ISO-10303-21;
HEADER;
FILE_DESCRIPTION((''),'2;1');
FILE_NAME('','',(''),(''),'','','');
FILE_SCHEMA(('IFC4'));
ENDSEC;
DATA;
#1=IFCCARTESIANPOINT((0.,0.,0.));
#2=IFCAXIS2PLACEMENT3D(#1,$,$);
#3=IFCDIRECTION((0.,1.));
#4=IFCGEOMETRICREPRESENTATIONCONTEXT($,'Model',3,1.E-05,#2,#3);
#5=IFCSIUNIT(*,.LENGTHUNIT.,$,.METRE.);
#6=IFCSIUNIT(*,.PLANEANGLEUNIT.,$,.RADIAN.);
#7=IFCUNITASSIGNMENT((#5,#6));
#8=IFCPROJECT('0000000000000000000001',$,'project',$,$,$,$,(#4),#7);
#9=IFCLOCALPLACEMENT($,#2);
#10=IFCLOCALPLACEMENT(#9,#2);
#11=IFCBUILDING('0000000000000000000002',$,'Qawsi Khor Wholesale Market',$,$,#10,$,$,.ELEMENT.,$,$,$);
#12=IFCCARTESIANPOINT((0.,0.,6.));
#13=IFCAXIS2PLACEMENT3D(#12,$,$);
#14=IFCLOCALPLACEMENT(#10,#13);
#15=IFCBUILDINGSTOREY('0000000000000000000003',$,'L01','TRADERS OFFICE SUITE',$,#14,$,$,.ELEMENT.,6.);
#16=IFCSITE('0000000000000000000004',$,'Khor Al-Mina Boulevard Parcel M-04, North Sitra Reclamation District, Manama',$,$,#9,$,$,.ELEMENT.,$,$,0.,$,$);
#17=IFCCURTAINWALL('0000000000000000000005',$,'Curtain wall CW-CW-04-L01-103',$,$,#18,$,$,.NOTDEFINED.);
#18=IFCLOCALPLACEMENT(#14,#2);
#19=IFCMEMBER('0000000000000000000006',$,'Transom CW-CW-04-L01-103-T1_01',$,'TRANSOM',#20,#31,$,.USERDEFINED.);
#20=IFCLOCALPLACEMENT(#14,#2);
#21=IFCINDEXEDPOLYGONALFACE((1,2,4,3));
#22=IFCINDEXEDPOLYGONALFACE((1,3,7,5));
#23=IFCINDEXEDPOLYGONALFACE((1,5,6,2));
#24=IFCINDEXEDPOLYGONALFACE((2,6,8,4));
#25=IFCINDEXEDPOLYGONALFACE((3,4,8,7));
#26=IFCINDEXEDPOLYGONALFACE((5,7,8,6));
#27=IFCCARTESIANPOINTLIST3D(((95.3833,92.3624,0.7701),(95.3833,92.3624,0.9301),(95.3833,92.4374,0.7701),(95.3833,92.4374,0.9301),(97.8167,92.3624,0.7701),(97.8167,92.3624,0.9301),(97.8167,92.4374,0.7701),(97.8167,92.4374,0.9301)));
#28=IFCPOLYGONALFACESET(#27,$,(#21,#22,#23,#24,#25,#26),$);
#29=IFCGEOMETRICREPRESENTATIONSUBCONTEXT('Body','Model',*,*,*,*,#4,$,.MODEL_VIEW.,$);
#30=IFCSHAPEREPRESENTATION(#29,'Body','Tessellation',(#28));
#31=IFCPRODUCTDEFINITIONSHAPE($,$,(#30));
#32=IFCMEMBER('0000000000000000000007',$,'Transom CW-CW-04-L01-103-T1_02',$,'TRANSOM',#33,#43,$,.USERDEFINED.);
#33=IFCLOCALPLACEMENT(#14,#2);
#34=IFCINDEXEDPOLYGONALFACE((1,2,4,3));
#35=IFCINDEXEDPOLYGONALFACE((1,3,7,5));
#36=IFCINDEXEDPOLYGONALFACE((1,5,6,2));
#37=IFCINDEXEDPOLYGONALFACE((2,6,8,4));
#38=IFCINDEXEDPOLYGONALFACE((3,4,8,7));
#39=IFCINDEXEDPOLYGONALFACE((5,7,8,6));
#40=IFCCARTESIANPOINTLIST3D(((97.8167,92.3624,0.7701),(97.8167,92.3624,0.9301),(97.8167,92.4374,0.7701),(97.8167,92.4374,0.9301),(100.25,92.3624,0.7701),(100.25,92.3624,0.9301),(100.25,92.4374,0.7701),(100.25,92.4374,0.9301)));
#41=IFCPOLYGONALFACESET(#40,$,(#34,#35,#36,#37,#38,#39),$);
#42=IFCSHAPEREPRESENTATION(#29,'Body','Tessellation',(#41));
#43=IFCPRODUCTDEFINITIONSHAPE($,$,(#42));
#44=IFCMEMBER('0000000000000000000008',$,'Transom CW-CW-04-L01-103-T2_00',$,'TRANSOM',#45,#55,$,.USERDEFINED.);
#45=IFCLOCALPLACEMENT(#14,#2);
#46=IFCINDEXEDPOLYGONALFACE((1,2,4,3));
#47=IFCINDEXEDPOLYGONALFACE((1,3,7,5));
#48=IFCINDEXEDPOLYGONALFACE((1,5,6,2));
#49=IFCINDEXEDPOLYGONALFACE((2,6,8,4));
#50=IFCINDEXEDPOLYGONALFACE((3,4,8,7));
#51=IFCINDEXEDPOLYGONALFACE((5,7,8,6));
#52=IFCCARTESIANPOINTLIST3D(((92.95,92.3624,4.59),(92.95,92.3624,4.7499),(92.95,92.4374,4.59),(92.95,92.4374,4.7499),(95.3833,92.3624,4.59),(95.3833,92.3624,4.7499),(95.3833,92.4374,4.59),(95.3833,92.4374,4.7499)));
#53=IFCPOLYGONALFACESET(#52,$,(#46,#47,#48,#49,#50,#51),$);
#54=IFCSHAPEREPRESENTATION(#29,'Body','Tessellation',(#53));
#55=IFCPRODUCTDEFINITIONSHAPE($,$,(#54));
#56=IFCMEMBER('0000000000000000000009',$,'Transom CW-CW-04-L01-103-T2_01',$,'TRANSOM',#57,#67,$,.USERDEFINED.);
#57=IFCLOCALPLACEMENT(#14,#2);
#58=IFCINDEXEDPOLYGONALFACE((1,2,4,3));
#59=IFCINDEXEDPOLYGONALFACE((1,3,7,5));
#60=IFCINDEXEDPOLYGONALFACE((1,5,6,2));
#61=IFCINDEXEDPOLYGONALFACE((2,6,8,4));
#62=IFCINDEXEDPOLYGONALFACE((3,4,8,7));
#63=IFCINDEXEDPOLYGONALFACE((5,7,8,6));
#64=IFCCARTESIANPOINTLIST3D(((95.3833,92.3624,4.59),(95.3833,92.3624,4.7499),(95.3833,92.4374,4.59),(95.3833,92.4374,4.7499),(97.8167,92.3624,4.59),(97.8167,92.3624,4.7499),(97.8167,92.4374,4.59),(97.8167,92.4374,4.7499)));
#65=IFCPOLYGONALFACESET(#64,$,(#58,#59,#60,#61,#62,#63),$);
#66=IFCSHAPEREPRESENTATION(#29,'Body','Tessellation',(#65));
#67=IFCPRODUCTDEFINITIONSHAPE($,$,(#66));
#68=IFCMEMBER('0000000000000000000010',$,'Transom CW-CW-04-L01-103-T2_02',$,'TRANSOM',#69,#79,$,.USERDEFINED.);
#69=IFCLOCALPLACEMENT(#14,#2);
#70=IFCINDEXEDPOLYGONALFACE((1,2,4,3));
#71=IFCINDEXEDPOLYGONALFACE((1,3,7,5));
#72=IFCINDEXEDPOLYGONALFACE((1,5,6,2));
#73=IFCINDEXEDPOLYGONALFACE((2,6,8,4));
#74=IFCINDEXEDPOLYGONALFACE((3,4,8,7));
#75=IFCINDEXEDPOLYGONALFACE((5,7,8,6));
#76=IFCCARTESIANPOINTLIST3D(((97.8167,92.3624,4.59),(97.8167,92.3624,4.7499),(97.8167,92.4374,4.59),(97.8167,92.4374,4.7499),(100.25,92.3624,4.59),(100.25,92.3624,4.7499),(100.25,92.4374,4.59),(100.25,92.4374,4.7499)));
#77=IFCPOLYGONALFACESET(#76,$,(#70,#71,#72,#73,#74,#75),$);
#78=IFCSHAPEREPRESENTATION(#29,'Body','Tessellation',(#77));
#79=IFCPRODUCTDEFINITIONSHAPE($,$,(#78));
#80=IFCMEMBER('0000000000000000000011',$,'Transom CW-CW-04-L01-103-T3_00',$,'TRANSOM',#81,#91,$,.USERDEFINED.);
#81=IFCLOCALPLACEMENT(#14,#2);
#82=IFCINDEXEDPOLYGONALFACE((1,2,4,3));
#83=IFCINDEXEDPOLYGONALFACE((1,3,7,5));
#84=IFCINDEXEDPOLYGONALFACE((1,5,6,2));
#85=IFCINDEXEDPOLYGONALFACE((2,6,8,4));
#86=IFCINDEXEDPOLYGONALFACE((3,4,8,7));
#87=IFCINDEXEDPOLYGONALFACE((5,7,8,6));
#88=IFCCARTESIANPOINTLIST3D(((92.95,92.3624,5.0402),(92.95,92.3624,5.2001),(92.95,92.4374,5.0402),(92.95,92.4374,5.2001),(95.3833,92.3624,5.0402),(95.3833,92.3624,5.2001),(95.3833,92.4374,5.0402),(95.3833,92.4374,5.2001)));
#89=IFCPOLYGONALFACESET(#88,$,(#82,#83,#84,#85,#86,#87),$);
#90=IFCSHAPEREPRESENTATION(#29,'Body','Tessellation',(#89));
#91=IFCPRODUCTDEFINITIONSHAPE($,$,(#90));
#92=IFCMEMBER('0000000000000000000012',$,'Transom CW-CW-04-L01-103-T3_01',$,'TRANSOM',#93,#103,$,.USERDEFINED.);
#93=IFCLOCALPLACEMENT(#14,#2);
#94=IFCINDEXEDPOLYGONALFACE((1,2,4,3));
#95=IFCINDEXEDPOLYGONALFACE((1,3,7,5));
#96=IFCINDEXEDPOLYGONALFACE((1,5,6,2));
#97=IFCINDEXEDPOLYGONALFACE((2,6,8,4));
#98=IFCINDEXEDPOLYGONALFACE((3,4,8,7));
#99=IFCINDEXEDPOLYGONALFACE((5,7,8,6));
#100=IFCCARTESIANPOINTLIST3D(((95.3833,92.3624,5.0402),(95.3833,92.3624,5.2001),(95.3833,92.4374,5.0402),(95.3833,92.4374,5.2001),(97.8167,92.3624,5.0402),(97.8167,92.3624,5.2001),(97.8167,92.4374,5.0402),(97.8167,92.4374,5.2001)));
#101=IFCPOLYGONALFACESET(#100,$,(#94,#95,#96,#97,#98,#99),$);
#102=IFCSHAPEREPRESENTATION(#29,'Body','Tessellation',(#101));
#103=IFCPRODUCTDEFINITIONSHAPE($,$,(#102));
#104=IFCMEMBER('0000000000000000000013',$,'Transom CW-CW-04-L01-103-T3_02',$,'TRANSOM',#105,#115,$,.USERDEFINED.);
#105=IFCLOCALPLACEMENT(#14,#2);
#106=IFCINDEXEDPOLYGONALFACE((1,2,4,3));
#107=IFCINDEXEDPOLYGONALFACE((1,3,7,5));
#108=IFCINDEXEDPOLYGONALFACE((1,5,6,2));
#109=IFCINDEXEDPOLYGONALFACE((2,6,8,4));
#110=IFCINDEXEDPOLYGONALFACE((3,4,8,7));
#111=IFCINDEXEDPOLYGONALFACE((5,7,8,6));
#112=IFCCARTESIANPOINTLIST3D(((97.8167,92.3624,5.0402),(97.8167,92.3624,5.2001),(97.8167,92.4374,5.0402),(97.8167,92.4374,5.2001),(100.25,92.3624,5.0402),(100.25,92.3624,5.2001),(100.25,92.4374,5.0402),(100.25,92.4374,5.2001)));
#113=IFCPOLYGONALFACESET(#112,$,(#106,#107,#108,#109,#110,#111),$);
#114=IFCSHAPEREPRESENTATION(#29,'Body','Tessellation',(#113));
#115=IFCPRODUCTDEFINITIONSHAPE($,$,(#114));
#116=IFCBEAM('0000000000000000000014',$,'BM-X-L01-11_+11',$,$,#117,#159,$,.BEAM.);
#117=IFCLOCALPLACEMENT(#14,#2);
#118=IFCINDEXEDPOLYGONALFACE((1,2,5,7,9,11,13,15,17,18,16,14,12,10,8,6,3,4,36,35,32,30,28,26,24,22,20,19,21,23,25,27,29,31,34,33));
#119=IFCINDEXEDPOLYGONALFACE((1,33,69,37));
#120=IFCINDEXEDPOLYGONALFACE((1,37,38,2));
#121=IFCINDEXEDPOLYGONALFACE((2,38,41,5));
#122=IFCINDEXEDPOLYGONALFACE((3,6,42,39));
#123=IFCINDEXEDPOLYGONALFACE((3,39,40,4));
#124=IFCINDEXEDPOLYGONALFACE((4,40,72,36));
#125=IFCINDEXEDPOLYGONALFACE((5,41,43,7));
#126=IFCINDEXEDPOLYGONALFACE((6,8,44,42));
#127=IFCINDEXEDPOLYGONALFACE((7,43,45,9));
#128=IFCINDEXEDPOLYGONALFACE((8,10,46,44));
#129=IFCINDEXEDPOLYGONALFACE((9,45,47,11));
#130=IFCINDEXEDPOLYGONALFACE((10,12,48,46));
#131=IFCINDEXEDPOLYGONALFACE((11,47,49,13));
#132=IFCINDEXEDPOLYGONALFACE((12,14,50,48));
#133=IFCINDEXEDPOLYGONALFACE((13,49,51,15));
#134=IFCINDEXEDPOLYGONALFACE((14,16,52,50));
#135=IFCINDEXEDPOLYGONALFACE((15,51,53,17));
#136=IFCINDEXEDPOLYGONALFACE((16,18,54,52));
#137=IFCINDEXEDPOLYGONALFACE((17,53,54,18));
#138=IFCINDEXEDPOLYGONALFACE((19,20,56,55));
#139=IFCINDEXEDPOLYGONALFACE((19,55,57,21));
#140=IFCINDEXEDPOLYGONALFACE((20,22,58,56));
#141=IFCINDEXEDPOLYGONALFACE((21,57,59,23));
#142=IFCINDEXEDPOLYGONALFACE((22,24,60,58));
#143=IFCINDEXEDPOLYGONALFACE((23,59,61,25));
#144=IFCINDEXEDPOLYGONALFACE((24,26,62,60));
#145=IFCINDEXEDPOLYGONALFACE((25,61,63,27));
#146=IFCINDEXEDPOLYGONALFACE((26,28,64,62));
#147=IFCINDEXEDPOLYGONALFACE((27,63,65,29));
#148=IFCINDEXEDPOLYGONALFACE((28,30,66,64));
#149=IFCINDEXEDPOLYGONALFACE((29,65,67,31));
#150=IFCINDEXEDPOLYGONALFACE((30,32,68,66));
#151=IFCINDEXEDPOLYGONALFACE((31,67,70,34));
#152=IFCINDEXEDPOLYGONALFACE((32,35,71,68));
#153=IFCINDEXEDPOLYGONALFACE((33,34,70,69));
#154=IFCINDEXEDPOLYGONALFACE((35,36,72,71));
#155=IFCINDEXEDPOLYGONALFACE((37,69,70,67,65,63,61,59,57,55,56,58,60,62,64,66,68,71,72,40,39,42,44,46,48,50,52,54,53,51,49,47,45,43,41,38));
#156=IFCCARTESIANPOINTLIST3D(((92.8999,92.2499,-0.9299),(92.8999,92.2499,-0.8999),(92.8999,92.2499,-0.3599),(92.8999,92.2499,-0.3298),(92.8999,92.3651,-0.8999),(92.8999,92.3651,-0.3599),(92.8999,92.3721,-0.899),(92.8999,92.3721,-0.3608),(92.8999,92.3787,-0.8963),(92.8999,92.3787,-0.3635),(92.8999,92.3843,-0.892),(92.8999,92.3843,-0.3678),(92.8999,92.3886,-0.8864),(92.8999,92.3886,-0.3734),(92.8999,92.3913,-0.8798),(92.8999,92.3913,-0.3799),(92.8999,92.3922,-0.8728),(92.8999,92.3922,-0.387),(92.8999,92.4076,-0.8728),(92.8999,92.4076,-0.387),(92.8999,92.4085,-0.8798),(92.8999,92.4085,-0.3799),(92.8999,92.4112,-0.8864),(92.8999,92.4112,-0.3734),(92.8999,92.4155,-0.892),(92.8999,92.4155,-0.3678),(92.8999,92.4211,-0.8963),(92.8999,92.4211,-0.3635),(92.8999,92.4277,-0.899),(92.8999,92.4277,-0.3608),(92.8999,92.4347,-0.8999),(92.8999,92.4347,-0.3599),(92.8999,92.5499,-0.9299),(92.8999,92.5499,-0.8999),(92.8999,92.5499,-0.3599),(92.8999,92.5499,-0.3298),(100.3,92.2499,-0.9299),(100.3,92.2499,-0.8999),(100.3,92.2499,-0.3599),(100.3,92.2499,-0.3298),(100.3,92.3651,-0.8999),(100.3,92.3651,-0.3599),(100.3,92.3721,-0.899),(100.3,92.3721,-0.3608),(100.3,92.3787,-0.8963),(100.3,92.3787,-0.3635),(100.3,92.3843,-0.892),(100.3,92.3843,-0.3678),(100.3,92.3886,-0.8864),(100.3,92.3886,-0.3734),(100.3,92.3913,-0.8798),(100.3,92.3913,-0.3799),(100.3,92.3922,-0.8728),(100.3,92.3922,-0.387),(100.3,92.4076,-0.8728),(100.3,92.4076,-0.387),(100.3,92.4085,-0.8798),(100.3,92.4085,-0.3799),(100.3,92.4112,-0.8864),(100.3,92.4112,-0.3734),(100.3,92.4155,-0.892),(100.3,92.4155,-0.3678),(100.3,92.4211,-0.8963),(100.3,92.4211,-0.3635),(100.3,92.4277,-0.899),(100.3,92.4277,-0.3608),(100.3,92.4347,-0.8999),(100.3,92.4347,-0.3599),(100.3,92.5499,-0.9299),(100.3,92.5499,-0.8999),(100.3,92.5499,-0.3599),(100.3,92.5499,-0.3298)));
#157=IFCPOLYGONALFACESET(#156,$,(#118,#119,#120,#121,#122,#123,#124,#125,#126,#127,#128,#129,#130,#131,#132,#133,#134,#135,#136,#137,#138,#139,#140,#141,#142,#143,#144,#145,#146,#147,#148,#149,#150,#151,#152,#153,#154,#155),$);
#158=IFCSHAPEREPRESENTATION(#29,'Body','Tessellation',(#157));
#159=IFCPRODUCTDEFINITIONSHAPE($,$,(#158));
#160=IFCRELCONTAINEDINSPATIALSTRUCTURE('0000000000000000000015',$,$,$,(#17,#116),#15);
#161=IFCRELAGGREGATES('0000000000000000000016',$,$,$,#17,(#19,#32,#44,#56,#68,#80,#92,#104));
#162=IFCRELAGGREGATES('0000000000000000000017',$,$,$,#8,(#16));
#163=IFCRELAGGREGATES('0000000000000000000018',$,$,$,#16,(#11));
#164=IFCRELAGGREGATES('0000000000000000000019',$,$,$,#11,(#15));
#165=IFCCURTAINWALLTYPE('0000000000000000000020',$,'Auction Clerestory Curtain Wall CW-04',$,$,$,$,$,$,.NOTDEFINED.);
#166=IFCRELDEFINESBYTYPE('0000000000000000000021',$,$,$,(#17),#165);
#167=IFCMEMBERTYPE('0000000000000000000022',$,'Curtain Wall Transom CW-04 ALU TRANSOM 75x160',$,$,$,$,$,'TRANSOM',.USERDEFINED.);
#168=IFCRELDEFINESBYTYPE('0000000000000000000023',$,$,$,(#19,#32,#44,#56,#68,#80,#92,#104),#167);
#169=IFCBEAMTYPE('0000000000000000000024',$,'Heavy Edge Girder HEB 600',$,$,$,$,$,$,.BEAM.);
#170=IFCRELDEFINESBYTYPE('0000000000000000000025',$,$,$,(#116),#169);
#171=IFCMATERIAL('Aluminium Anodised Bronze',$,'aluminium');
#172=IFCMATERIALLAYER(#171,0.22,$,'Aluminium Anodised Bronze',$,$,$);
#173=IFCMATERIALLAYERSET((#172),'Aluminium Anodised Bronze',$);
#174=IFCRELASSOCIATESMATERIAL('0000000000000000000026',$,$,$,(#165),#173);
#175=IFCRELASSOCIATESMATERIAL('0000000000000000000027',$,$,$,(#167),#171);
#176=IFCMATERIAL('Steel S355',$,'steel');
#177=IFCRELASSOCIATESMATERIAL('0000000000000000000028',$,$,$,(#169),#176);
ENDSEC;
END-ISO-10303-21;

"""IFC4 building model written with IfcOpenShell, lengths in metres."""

from ifc_helpers import new_model, si_unit, direction, frame, origin, origin_2d, place, context, subcontext, project, spatial, rectangle, i_section, extrude, material, layer, layer_set, material_profile, profile_set, type_object, element, aggregate, save


model = new_model("IFC4")

# Units and contexts
model_context = context("Model", 3, precision=1e-05, world=origin(), true_north=direction((0.0, 1.0)))
body_context = subcontext(model_context, "Body", "Model", "MODEL_VIEW")
ifc_project = project(units=[si_unit("LENGTHUNIT", "METRE"), si_unit("PLANEANGLEUNIT", "RADIAN")], contexts=[model_context])

# Site, building, storey
site_placement = place(None, origin())
site = spatial("IfcSite", under=ifc_project, at=site_placement, Name="Khor Al-Mina Boulevard Parcel M-04, North Sitra Reclamation District, Manama", CompositionType="ELEMENT", RefElevation=0.0)
building_placement = place(site_placement, origin())
building = spatial("IfcBuilding", under=site, at=building_placement, Name="Qawsi Khor Wholesale Market", CompositionType="ELEMENT")
storey_placement = place(building_placement, frame((0.0, 0.0, 6.0)))
storey = spatial("IfcBuildingStorey", under=building, at=storey_placement, Name="L01", Description="TRADERS OFFICE SUITE", CompositionType="ELEMENT", Elevation=6.0)

# Shared definitions
ifc_material_1 = material(Name="Aluminium Anodised Bronze", Category="aluminium")
ifc_layer_1 = layer(ifc_material_1, 0.22, Name="Aluminium Anodised Bronze")
ifc_layer_set_1 = layer_set([ifc_layer_1], Name="Aluminium Anodised Bronze")
curtain_wall_type = type_object("IfcCurtainWallType", Name="Auction Clerestory Curtain Wall CW-04", PredefinedType="NOTDEFINED", material=ifc_layer_set_1)

# Curtain wall
curtain_wall_1_placement = place(storey_placement, origin())
curtain_wall_1 = element("IfcCurtainWall", 1, at=curtain_wall_1_placement, inside=storey, type_object=curtain_wall_type, Name="Curtain wall CW-CW-04-L01-103", PredefinedType="NOTDEFINED")

# Members
ifc_material_profile_1 = material_profile(ifc_material_1, rectangle(XDim=0.075, YDim=0.1599, at=origin_2d()), Name="ALU TRANSOM 75x160")
ifc_profile_set_1 = profile_set([ifc_material_profile_1], Name="Aluminium Anodised Bronze")
member_type_1 = type_object("IfcMemberType", Name="Curtain Wall Transom CW-04 ALU TRANSOM 75x160", ElementType="TRANSOM", PredefinedType="USERDEFINED", material=ifc_profile_set_1)
member_1_placement = place(storey_placement, frame((95.3833, 92.3999, 0.8501), z_axis=(1.0, 0.0, 0.0), x_axis=(0.0, 1.0, 0.0)))
member_1 = element("IfcMember", 2, at=member_1_placement, type_object=member_type_1, Name="Transom CW-CW-04-L01-103-T1_01", ObjectType="TRANSOM", PredefinedType="USERDEFINED", context=body_context, shape_type="SweptSolid", body=[
    extrude(rectangle(XDim=0.075, YDim=0.1599, at=origin_2d()), origin(), (0.0, 0.0, 1.0), 2.4333),
])
member_2_placement = place(storey_placement, frame((97.8167, 92.3999, 0.8501), z_axis=(1.0, 0.0, 0.0), x_axis=(0.0, 1.0, 0.0)))
member_2 = element("IfcMember", 3, at=member_2_placement, type_object=member_type_1, Name="Transom CW-CW-04-L01-103-T1_02", ObjectType="TRANSOM", PredefinedType="USERDEFINED", context=body_context, shape_type="SweptSolid", body=[
    extrude(rectangle(XDim=0.075, YDim=0.1599, at=origin_2d()), origin(), (0.0, 0.0, 1.0), 2.4333),
])
member_3_placement = place(storey_placement, frame((92.95, 92.3999, 4.6699), z_axis=(1.0, 0.0, 0.0), x_axis=(0.0, 1.0, 0.0)))
member_3 = element("IfcMember", 4, at=member_3_placement, type_object=member_type_1, Name="Transom CW-CW-04-L01-103-T2_00", ObjectType="TRANSOM", PredefinedType="USERDEFINED", context=body_context, shape_type="SweptSolid", body=[
    extrude(rectangle(XDim=0.075, YDim=0.1599, at=origin_2d()), origin(), (0.0, 0.0, 1.0), 2.4333),
])
member_4_placement = place(storey_placement, frame((95.3833, 92.3999, 4.6699), z_axis=(1.0, 0.0, 0.0), x_axis=(0.0, 1.0, 0.0)))
member_4 = element("IfcMember", 5, at=member_4_placement, type_object=member_type_1, Name="Transom CW-CW-04-L01-103-T2_01", ObjectType="TRANSOM", PredefinedType="USERDEFINED", context=body_context, shape_type="SweptSolid", body=[
    extrude(rectangle(XDim=0.075, YDim=0.1599, at=origin_2d()), origin(), (0.0, 0.0, 1.0), 2.4333),
])
member_5_placement = place(storey_placement, frame((97.8167, 92.3999, 4.6699), z_axis=(1.0, 0.0, 0.0), x_axis=(0.0, 1.0, 0.0)))
member_5 = element("IfcMember", 6, at=member_5_placement, type_object=member_type_1, Name="Transom CW-CW-04-L01-103-T2_02", ObjectType="TRANSOM", PredefinedType="USERDEFINED", context=body_context, shape_type="SweptSolid", body=[
    extrude(rectangle(XDim=0.075, YDim=0.1599, at=origin_2d()), origin(), (0.0, 0.0, 1.0), 2.4333),
])
member_6_placement = place(storey_placement, frame((92.95, 92.3999, 5.1201), z_axis=(1.0, 0.0, 0.0), x_axis=(0.0, 1.0, 0.0)))
member_6 = element("IfcMember", 7, at=member_6_placement, type_object=member_type_1, Name="Transom CW-CW-04-L01-103-T3_00", ObjectType="TRANSOM", PredefinedType="USERDEFINED", context=body_context, shape_type="SweptSolid", body=[
    extrude(rectangle(XDim=0.075, YDim=0.1599, at=origin_2d()), origin(), (0.0, 0.0, 1.0), 2.4333),
])
member_7_placement = place(storey_placement, frame((95.3833, 92.3999, 5.1201), z_axis=(1.0, 0.0, 0.0), x_axis=(0.0, 1.0, 0.0)))
member_7 = element("IfcMember", 8, at=member_7_placement, type_object=member_type_1, Name="Transom CW-CW-04-L01-103-T3_01", ObjectType="TRANSOM", PredefinedType="USERDEFINED", context=body_context, shape_type="SweptSolid", body=[
    extrude(rectangle(XDim=0.075, YDim=0.1599, at=origin_2d()), origin(), (0.0, 0.0, 1.0), 2.4333),
])
member_8_placement = place(storey_placement, frame((97.8167, 92.3999, 5.1201), z_axis=(1.0, 0.0, 0.0), x_axis=(0.0, 1.0, 0.0)))
member_8 = element("IfcMember", 9, at=member_8_placement, type_object=member_type_1, Name="Transom CW-CW-04-L01-103-T3_02", ObjectType="TRANSOM", PredefinedType="USERDEFINED", context=body_context, shape_type="SweptSolid", body=[
    extrude(rectangle(XDim=0.075, YDim=0.1599, at=origin_2d()), origin(), (0.0, 0.0, 1.0), 2.4333),
])

# Beam
ifc_material_2 = material(Name="Steel S355", Category="steel")
ifc_material_profile_2 = material_profile(ifc_material_2, i_section(OverallWidth=0.3, OverallDepth=0.6001, WebThickness=0.0154, FlangeThickness=0.03, FilletRadius=0.0271, at=origin_2d()), Name="HEB 600")
ifc_profile_set_2 = profile_set([ifc_material_profile_2], Name="Steel S355")
beam_type_1 = type_object("IfcBeamType", Name="Heavy Edge Girder HEB 600", PredefinedType="BEAM", material=ifc_profile_set_2)
beam_1_placement = place(storey_placement, frame((92.8999, 92.3999, -0.6299), z_axis=(1.0, 0.0, 0.0), x_axis=(0.0, 1.0, 0.0)))
element("IfcBeam", 10, at=beam_1_placement, inside=storey, type_object=beam_type_1, Name="BM-X-L01-11_+11", PredefinedType="BEAM", context=body_context, shape_type="SweptSolid", body=[
    extrude(i_section(OverallWidth=0.3, OverallDepth=0.6001, WebThickness=0.0154, FlangeThickness=0.03, FilletRadius=0.0271, at=origin_2d()), origin(), (0.0, 0.0, 1.0), 7.4001),
])

aggregate(curtain_wall_1, [member_1, member_2, member_3, member_4, member_5, member_6, member_7, member_8])

save(model, "model.ifc")
